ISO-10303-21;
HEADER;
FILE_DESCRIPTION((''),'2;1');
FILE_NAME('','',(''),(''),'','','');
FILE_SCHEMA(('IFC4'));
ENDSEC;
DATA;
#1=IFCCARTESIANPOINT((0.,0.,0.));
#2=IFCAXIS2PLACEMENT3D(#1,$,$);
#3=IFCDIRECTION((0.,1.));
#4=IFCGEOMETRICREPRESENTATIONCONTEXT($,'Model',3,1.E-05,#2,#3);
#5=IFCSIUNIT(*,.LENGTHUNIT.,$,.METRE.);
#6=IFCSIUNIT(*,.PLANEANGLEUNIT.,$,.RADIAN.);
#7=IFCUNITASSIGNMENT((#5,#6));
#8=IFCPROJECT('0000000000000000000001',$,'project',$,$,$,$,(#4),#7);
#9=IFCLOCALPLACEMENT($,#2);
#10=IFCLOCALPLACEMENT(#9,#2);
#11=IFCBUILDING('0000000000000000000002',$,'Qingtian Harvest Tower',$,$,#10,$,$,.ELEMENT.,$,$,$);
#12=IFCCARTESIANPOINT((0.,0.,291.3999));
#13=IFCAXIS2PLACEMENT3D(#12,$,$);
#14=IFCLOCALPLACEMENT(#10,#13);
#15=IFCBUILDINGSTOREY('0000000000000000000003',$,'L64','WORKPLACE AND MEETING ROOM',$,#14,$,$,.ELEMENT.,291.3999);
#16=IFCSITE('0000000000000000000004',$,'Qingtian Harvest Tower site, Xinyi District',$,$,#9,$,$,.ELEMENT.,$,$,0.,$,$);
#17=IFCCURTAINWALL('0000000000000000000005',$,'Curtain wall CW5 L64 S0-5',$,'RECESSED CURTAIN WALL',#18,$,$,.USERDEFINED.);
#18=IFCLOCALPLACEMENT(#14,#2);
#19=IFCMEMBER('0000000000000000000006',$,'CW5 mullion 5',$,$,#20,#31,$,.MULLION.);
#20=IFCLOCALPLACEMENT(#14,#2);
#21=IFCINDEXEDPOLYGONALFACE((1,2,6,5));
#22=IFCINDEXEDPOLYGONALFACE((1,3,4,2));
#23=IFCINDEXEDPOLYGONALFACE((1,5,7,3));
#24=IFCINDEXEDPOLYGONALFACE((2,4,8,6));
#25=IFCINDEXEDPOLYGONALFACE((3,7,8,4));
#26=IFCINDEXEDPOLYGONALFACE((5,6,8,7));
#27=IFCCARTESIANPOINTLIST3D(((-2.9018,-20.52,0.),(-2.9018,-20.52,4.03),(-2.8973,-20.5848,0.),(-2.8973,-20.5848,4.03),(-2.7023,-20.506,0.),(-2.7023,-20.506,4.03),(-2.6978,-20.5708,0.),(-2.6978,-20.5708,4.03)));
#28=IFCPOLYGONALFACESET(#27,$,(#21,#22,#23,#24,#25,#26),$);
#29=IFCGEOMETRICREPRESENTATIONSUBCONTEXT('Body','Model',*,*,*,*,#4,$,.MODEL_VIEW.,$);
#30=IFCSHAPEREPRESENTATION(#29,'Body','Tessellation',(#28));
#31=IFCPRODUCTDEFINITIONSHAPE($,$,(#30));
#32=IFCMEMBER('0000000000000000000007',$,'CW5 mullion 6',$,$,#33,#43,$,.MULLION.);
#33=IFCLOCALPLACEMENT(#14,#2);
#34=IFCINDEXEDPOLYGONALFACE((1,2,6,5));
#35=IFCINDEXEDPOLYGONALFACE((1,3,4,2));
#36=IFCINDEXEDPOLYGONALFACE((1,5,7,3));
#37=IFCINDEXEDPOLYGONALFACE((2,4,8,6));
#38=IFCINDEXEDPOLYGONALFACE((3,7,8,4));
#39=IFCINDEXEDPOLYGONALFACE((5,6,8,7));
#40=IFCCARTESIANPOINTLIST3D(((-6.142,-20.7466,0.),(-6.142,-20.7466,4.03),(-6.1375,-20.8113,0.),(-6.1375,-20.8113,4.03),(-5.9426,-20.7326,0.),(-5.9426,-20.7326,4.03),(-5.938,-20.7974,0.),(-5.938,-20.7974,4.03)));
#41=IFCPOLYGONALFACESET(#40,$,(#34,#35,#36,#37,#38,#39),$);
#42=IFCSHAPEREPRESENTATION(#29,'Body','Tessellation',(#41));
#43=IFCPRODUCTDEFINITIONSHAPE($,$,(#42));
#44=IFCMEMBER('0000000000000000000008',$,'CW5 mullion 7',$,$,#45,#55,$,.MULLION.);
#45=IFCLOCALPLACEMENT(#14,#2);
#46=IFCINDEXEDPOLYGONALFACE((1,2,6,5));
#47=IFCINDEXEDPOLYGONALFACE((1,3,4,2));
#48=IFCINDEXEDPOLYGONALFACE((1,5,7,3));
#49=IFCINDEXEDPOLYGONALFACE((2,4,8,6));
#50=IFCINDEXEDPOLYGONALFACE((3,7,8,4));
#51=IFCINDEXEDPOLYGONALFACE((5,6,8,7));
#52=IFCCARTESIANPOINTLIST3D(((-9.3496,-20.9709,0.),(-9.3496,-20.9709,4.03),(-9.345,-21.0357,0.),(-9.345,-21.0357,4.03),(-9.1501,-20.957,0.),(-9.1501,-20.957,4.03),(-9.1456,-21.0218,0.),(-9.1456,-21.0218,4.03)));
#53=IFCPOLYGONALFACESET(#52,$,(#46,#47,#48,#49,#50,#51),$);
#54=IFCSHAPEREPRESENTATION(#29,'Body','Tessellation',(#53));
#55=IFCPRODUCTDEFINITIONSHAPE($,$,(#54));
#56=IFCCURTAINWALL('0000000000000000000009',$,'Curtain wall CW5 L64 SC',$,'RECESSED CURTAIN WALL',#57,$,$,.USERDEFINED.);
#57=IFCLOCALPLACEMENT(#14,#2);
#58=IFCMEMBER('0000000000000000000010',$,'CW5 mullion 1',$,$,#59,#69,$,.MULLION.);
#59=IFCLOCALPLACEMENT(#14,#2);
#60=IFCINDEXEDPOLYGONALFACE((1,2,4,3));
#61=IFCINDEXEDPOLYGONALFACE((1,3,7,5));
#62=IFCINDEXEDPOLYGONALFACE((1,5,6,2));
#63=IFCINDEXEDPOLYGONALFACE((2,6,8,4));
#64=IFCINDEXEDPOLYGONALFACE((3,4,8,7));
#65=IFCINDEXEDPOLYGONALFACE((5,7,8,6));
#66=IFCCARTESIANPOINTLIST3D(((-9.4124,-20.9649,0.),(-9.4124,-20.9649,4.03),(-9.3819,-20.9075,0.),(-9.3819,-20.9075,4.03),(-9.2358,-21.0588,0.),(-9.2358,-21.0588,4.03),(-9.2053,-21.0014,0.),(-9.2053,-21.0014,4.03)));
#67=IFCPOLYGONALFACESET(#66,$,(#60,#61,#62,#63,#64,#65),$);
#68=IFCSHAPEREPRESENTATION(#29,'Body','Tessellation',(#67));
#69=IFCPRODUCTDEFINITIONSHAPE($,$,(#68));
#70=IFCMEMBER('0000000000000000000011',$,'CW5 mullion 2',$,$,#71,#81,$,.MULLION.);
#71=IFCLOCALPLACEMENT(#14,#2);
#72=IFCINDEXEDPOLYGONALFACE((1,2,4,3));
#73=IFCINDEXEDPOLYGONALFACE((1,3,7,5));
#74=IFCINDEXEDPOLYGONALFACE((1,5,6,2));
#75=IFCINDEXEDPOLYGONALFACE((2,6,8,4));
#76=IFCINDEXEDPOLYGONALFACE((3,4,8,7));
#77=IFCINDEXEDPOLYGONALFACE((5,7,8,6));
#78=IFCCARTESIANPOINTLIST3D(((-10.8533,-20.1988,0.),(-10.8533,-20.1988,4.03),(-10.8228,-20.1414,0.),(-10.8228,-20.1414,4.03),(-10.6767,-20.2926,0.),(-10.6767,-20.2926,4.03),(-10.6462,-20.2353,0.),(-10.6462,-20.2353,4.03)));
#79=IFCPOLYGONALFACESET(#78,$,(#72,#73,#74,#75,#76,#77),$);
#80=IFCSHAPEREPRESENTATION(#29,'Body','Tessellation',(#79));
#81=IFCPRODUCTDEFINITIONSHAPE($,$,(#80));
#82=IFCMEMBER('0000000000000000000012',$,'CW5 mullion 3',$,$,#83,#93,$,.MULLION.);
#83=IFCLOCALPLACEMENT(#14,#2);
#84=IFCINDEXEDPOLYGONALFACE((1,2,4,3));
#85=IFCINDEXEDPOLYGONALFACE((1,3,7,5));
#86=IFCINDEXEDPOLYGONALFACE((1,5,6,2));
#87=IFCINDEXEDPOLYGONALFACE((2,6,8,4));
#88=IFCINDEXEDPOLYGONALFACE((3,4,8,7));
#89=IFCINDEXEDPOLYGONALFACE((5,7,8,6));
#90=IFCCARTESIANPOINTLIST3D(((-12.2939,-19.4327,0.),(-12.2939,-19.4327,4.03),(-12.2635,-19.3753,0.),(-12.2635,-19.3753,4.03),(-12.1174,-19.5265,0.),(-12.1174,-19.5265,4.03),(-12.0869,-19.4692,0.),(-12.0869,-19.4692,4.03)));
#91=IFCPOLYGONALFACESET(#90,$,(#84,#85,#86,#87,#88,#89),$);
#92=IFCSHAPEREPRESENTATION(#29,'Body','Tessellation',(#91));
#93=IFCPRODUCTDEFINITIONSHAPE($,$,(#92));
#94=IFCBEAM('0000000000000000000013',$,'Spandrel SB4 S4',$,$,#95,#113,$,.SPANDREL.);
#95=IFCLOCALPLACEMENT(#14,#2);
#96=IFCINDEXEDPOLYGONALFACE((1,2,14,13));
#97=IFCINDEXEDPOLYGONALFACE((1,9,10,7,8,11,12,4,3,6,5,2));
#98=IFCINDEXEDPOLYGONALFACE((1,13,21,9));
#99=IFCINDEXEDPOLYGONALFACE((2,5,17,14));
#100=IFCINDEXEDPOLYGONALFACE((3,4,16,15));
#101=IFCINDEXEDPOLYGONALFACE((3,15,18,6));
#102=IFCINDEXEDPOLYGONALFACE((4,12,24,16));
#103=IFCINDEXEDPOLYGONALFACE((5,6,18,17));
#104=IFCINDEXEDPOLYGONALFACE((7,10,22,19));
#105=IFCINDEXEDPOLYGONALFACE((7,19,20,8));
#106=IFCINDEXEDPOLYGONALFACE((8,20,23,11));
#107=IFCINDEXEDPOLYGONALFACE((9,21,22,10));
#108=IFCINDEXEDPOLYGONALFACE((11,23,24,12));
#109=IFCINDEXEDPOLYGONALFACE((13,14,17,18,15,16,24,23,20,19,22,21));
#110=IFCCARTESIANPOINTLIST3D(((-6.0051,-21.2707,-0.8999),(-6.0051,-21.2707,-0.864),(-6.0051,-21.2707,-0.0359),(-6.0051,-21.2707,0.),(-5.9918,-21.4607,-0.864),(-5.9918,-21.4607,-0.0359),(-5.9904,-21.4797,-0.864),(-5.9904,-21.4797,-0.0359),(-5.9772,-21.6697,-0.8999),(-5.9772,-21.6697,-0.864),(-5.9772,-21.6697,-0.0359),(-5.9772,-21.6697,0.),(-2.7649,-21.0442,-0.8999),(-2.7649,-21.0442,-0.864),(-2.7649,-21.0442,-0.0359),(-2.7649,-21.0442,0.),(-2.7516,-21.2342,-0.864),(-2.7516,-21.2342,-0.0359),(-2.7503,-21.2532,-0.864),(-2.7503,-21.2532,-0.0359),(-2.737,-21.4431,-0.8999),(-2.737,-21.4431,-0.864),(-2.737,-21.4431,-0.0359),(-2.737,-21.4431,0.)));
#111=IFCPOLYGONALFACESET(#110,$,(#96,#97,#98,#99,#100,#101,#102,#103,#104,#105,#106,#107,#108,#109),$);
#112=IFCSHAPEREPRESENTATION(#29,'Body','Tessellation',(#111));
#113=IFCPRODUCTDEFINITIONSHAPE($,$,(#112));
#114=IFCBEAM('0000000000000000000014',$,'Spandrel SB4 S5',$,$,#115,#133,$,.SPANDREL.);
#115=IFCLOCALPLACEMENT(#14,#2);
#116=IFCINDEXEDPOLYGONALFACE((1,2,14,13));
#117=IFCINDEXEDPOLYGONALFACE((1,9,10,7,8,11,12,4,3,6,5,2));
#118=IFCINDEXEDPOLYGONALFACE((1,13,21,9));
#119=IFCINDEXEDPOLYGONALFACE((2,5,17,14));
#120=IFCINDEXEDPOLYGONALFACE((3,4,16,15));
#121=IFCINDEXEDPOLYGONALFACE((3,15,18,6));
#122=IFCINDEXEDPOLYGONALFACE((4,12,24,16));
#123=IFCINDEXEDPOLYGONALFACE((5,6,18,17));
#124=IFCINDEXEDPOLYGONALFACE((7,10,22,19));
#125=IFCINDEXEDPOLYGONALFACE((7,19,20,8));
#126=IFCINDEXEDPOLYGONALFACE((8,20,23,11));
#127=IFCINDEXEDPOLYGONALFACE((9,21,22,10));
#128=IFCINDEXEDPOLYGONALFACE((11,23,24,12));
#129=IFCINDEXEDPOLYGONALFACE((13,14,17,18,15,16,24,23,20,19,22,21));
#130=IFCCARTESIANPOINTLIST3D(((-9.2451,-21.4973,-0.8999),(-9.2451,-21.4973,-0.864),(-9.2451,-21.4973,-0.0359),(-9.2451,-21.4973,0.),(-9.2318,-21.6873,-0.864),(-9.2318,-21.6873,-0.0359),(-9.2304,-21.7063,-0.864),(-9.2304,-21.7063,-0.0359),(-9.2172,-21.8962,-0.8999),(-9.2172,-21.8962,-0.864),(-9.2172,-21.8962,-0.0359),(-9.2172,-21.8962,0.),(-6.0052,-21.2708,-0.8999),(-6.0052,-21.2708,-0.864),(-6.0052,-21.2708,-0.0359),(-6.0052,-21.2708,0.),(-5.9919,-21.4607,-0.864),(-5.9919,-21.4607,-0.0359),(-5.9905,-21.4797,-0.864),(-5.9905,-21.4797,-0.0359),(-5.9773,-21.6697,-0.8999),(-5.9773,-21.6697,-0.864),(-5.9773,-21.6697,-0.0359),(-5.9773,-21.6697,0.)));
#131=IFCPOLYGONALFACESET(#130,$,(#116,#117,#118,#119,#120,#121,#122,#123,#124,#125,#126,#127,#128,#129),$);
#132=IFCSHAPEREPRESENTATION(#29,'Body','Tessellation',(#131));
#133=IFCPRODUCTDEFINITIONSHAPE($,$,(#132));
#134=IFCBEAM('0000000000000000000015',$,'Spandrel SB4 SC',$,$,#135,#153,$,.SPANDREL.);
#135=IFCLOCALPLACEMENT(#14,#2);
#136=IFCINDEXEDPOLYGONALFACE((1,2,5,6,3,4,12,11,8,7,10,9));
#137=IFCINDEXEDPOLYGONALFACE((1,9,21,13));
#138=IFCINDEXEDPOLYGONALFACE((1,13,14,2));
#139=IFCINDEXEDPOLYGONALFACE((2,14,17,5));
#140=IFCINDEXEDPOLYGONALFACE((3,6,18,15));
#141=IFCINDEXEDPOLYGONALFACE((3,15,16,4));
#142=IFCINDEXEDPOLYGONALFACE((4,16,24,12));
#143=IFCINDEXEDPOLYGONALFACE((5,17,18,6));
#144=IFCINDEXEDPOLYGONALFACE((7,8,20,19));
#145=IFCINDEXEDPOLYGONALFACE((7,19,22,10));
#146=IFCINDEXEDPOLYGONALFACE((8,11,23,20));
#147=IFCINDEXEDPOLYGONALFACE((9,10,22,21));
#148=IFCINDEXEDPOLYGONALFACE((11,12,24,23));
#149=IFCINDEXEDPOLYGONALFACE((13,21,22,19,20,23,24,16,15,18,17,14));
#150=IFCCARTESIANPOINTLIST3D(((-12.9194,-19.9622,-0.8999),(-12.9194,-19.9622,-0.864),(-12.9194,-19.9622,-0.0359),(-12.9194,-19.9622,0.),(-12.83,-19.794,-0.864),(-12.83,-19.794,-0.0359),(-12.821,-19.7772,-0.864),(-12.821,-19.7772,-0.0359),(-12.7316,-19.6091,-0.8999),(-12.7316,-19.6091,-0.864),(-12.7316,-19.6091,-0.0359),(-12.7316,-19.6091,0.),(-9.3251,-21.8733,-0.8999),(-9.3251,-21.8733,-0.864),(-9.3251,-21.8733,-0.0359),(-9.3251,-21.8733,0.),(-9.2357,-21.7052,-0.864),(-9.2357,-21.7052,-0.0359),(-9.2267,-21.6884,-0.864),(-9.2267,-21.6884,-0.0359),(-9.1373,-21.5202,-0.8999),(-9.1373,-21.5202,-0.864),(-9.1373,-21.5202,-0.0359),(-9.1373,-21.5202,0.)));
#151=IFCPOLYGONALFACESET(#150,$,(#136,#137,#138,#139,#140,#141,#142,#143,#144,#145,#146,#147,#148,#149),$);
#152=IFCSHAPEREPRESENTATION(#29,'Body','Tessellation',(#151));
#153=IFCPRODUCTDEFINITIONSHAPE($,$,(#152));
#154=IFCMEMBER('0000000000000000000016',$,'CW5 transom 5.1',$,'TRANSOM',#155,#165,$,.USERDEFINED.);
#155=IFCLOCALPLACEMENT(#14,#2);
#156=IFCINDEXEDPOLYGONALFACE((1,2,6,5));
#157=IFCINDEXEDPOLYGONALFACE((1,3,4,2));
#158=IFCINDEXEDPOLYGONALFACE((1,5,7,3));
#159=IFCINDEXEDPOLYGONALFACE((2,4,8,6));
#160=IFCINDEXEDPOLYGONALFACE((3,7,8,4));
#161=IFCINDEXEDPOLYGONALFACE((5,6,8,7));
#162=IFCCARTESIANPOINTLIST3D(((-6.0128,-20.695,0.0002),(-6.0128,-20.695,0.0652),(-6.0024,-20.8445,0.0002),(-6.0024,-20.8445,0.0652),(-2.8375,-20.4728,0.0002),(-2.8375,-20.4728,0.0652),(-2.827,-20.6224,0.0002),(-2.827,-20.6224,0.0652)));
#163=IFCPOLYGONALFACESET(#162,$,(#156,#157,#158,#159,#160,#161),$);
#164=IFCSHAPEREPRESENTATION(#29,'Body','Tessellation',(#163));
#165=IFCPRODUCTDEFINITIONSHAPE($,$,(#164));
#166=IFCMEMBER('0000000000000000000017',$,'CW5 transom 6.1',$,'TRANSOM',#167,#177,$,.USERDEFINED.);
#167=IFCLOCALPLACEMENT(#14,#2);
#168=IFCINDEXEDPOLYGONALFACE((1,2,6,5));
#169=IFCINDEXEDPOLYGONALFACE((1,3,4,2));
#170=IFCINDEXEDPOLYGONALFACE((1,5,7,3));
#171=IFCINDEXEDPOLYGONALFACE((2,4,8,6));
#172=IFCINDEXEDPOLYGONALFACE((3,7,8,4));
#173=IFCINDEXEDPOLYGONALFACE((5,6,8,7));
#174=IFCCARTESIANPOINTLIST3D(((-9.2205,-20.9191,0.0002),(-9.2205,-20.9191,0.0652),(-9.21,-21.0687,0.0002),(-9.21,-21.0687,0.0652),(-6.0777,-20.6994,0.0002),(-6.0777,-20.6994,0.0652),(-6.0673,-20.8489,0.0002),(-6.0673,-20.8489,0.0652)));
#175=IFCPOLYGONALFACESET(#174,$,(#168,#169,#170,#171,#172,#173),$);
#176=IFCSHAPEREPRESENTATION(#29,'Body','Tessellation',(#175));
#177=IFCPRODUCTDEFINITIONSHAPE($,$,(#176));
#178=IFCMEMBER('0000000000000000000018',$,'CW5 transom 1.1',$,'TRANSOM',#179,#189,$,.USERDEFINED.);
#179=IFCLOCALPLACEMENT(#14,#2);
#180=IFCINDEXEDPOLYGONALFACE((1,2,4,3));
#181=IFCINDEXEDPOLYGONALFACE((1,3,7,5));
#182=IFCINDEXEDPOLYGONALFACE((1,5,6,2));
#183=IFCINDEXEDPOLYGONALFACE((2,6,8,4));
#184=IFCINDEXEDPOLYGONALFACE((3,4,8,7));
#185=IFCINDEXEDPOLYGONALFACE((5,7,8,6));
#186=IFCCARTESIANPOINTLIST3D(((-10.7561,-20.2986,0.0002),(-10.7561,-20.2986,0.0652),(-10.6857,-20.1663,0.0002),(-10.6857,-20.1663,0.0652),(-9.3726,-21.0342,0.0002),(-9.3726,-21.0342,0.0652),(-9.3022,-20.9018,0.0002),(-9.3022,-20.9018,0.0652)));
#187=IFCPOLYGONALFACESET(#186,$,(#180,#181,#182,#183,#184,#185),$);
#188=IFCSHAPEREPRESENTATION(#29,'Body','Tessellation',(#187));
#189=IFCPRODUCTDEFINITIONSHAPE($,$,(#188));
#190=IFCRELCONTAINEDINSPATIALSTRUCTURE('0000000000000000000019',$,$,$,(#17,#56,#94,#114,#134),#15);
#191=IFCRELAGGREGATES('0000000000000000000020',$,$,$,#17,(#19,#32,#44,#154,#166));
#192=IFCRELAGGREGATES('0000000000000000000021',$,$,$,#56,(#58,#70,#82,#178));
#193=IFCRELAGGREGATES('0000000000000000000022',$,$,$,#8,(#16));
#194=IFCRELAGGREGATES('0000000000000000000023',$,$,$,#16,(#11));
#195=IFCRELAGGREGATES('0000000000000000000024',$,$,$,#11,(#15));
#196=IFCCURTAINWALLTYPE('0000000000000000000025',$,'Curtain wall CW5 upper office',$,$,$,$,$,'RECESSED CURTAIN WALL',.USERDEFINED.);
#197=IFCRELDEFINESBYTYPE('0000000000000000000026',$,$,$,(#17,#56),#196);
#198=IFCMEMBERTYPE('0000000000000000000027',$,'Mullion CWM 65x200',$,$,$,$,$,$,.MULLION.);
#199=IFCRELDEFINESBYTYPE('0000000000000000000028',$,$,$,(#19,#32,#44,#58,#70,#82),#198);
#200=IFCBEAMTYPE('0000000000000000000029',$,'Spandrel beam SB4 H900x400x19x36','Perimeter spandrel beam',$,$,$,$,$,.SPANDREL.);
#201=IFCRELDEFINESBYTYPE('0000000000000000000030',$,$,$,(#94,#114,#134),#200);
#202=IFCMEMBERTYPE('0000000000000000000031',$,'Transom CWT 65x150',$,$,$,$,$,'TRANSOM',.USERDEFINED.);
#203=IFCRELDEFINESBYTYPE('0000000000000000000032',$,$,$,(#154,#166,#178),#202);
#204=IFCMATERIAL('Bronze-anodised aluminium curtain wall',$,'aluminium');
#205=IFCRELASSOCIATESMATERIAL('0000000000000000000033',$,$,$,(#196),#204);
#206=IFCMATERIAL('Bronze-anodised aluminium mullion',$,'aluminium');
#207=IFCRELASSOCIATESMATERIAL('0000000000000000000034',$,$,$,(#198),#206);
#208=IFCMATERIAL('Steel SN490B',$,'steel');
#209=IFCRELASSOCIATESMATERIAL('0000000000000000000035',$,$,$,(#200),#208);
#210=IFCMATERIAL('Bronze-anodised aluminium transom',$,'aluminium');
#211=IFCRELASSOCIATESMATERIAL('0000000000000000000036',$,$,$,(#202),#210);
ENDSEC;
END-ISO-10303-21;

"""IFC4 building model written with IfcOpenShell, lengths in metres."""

from ifc_helpers import new_model, si_unit, direction, frame, origin, origin_2d, place, context, subcontext, project, spatial, rectangle, i_section, extrude, material, material_profile, profile_set, type_object, element, aggregate, save


model = new_model("IFC4")

# Units and contexts
model_context = context("Model", 3, precision=1e-05, world=origin(), true_north=direction((0.0, 1.0)))
body_context = subcontext(model_context, "Body", "Model", "MODEL_VIEW")
ifc_project = project(units=[si_unit("LENGTHUNIT", "METRE"), si_unit("PLANEANGLEUNIT", "RADIAN")], contexts=[model_context])

# Site, building, storey
site_placement = place(None, origin())
site = spatial("IfcSite", under=ifc_project, at=site_placement, Name="Qingtian Harvest Tower site, Xinyi District", CompositionType="ELEMENT", RefElevation=0.0)
building_placement = place(site_placement, origin())
building = spatial("IfcBuilding", under=site, at=building_placement, Name="Qingtian Harvest Tower", CompositionType="ELEMENT")
storey_placement = place(building_placement, frame((0.0, 0.0, 291.3999)))
storey = spatial("IfcBuildingStorey", under=building, at=storey_placement, Name="L64", Description="WORKPLACE AND MEETING ROOM", CompositionType="ELEMENT", Elevation=291.3999)

# Curtain walls, members
ifc_material_1 = material(Name="Bronze-anodised aluminium curtain wall", Category="aluminium")
curtain_wall_type = type_object("IfcCurtainWallType", Name="Curtain wall CW5 upper office", ElementType="RECESSED CURTAIN WALL", PredefinedType="USERDEFINED", material=ifc_material_1)
curtain_wall_1_placement = place(storey_placement, origin())
curtain_wall_1 = element("IfcCurtainWall", 1, at=curtain_wall_1_placement, inside=storey, type_object=curtain_wall_type, Name="Curtain wall CW5 L64 S0-5", ObjectType="RECESSED CURTAIN WALL", PredefinedType="USERDEFINED")
ifc_material_2 = material(Name="Bronze-anodised aluminium mullion", Category="aluminium")
ifc_material_profile_1 = material_profile(ifc_material_2, rectangle(XDim=0.0649, YDim=0.2, at=origin_2d()), Name="AL 65x200")
ifc_profile_set_1 = profile_set([ifc_material_profile_1], Name="Bronze-anodised aluminium mullion")
member_type_1 = type_object("IfcMemberType", Name="Mullion CWM 65x200", PredefinedType="MULLION", material=ifc_profile_set_1)
member_1_placement = place(storey_placement, frame((-2.7998, -20.5454, 0.0), z_axis=(0.0, 0.0, 1.0), x_axis=(0.069756, -0.997564, 0.0)))
member_1 = element("IfcMember", 2, at=member_1_placement, type_object=member_type_1, Name="CW5 mullion 5", PredefinedType="MULLION", context=body_context, shape_type="SweptSolid", body=[
    extrude(rectangle(XDim=0.0649, YDim=0.2, at=origin_2d()), origin(), (0.0, 0.0, 1.0), 4.03),
])
member_2_placement = place(storey_placement, frame((-6.04, -20.772, 0.0), z_axis=(0.0, 0.0, 1.0), x_axis=(0.069756, -0.997564, 0.0)))
member_2 = element("IfcMember", 3, at=member_2_placement, type_object=member_type_1, Name="CW5 mullion 6", PredefinedType="MULLION", context=body_context, shape_type="SweptSolid", body=[
    extrude(rectangle(XDim=0.0649, YDim=0.2, at=origin_2d()), origin(), (0.0, 0.0, 1.0), 4.03),
])
member_3_placement = place(storey_placement, frame((-9.2476, -20.9963, 0.0), z_axis=(0.0, 0.0, 1.0), x_axis=(0.069756, -0.997564, 0.0)))
member_3 = element("IfcMember", 4, at=member_3_placement, type_object=member_type_1, Name="CW5 mullion 7", PredefinedType="MULLION", context=body_context, shape_type="SweptSolid", body=[
    extrude(rectangle(XDim=0.0649, YDim=0.2, at=origin_2d()), origin(), (0.0, 0.0, 1.0), 4.03),
])
curtain_wall_2_placement = place(storey_placement, origin())
curtain_wall_2 = element("IfcCurtainWall", 5, at=curtain_wall_2_placement, inside=storey, type_object=curtain_wall_type, Name="Curtain wall CW5 L64 SC", ObjectType="RECESSED CURTAIN WALL", PredefinedType="USERDEFINED")
member_4_placement = place(storey_placement, frame((-9.3088, -20.9832, 0.0), z_axis=(0.0, 0.0, 1.0), x_axis=(-0.469472, -0.882948, 0.0)))
member_4 = element("IfcMember", 6, at=member_4_placement, type_object=member_type_1, Name="CW5 mullion 1", PredefinedType="MULLION", context=body_context, shape_type="SweptSolid", body=[
    extrude(rectangle(XDim=0.0649, YDim=0.2, at=origin_2d()), origin(), (0.0, 0.0, 1.0), 4.03),
])
member_5_placement = place(storey_placement, frame((-10.7498, -20.217, 0.0), z_axis=(0.0, 0.0, 1.0), x_axis=(-0.469472, -0.882948, 0.0)))
member_5 = element("IfcMember", 7, at=member_5_placement, type_object=member_type_1, Name="CW5 mullion 2", PredefinedType="MULLION", context=body_context, shape_type="SweptSolid", body=[
    extrude(rectangle(XDim=0.0649, YDim=0.2, at=origin_2d()), origin(), (0.0, 0.0, 1.0), 4.03),
])
member_6_placement = place(storey_placement, frame((-12.1904, -19.4509, 0.0), z_axis=(0.0, 0.0, 1.0), x_axis=(-0.469472, -0.882948, 0.0)))
member_6 = element("IfcMember", 8, at=member_6_placement, type_object=member_type_1, Name="CW5 mullion 3", PredefinedType="MULLION", context=body_context, shape_type="SweptSolid", body=[
    extrude(rectangle(XDim=0.0649, YDim=0.2, at=origin_2d()), origin(), (0.0, 0.0, 1.0), 4.03),
])

# Beams
ifc_material_3 = material(Name="Steel SN490B", Category="steel")
ifc_material_profile_2 = material_profile(ifc_material_3, i_section(OverallWidth=0.3999, OverallDepth=0.8999, WebThickness=0.019, FlangeThickness=0.0359, at=origin_2d()), Name="H900x400x19x36")
ifc_profile_set_2 = profile_set([ifc_material_profile_2], Name="Steel SN490B")
beam_type_1 = type_object("IfcBeamType", Name="Spandrel beam SB4 H900x400x19x36", Description="Perimeter spandrel beam", PredefinedType="SPANDREL", material=ifc_profile_set_2)
beam_1_placement = place(storey_placement, frame((-2.751, -21.2437, -0.45), z_axis=(-0.997564, -0.069751, 0.0), x_axis=(0.069751, -0.997564, 0.0)))
element("IfcBeam", 9, at=beam_1_placement, inside=storey, type_object=beam_type_1, Name="Spandrel SB4 S4", PredefinedType="SPANDREL", context=body_context, shape_type="SweptSolid", body=[
    extrude(i_section(OverallWidth=0.3999, OverallDepth=0.8999, WebThickness=0.019, FlangeThickness=0.0359, at=origin_2d()), origin(), (0.0, 0.0, 1.0), 3.248),
])
beam_2_placement = place(storey_placement, frame((-5.9912, -21.4702, -0.45), z_axis=(-0.997564, -0.069757, 0.0), x_axis=(0.069757, -0.997564, 0.0)))
element("IfcBeam", 10, at=beam_2_placement, inside=storey, type_object=beam_type_1, Name="Spandrel SB4 S5", PredefinedType="SPANDREL", context=body_context, shape_type="SweptSolid", body=[
    extrude(i_section(OverallWidth=0.3999, OverallDepth=0.8999, WebThickness=0.019, FlangeThickness=0.0359, at=origin_2d()), origin(), (0.0, 0.0, 1.0), 3.2478),
])
beam_3_placement = place(storey_placement, frame((-9.2312, -21.6968, -0.45), z_axis=(-0.882943, 0.46948, 0.0), x_axis=(-0.46948, -0.882943, 0.0)))
element("IfcBeam", 11, at=beam_3_placement, inside=storey, type_object=beam_type_1, Name="Spandrel SB4 SC", PredefinedType="SPANDREL", context=body_context, shape_type="SweptSolid", body=[
    extrude(i_section(OverallWidth=0.3999, OverallDepth=0.8999, WebThickness=0.019, FlangeThickness=0.0359, at=origin_2d()), origin(), (0.0, 0.0, 1.0), 4.0708),
])

# Members
ifc_material_4 = material(Name="Bronze-anodised aluminium transom", Category="aluminium")
ifc_material_profile_3 = material_profile(ifc_material_4, rectangle(XDim=0.1499, YDim=0.0649, at=origin_2d()), Name="AL 65x150")
ifc_profile_set_3 = profile_set([ifc_material_profile_3], Name="Bronze-anodised aluminium transom")
member_type_2 = type_object("IfcMemberType", Name="Transom CWT 65x150", ElementType="TRANSOM", PredefinedType="USERDEFINED", material=ifc_profile_set_3)
member_7_placement = place(storey_placement, frame((-2.8323, -20.5476, 0.0327), z_axis=(-0.997561, -0.069797, 0.0), x_axis=(0.069797, -0.997561, 0.0)))
member_7 = element("IfcMember", 12, at=member_7_placement, type_object=member_type_2, Name="CW5 transom 5.1", ObjectType="TRANSOM", PredefinedType="USERDEFINED", context=body_context, shape_type="SweptSolid", body=[
    extrude(rectangle(XDim=0.1499, YDim=0.0649, at=origin_2d()), origin(), (0.0, 0.0, 1.0), 3.1831),
])
member_8_placement = place(storey_placement, frame((-6.0725, -20.7742, 0.0327), z_axis=(-0.997565, -0.069744, 0.0), x_axis=(0.069744, -0.997565, 0.0)))
member_8 = element("IfcMember", 13, at=member_8_placement, type_object=member_type_2, Name="CW5 transom 6.1", ObjectType="TRANSOM", PredefinedType="USERDEFINED", context=body_context, shape_type="SweptSolid", body=[
    extrude(rectangle(XDim=0.1499, YDim=0.0649, at=origin_2d()), origin(), (0.0, 0.0, 1.0), 3.1504),
])
member_9_placement = place(storey_placement, frame((-9.3374, -20.968, 0.0327), z_axis=(-0.88296, 0.469448, 0.0), x_axis=(-0.469448, -0.88296, 0.0)))
member_9 = element("IfcMember", 14, at=member_9_placement, type_object=member_type_2, Name="CW5 transom 1.1", ObjectType="TRANSOM", PredefinedType="USERDEFINED", context=body_context, shape_type="SweptSolid", body=[
    extrude(rectangle(XDim=0.1499, YDim=0.0649, at=origin_2d()), origin(), (0.0, 0.0, 1.0), 1.5669),
])

aggregate(curtain_wall_1, [member_1, member_2, member_3, member_7, member_8])
aggregate(curtain_wall_2, [member_4, member_5, member_6, member_9])

save(model, "model.ifc")
